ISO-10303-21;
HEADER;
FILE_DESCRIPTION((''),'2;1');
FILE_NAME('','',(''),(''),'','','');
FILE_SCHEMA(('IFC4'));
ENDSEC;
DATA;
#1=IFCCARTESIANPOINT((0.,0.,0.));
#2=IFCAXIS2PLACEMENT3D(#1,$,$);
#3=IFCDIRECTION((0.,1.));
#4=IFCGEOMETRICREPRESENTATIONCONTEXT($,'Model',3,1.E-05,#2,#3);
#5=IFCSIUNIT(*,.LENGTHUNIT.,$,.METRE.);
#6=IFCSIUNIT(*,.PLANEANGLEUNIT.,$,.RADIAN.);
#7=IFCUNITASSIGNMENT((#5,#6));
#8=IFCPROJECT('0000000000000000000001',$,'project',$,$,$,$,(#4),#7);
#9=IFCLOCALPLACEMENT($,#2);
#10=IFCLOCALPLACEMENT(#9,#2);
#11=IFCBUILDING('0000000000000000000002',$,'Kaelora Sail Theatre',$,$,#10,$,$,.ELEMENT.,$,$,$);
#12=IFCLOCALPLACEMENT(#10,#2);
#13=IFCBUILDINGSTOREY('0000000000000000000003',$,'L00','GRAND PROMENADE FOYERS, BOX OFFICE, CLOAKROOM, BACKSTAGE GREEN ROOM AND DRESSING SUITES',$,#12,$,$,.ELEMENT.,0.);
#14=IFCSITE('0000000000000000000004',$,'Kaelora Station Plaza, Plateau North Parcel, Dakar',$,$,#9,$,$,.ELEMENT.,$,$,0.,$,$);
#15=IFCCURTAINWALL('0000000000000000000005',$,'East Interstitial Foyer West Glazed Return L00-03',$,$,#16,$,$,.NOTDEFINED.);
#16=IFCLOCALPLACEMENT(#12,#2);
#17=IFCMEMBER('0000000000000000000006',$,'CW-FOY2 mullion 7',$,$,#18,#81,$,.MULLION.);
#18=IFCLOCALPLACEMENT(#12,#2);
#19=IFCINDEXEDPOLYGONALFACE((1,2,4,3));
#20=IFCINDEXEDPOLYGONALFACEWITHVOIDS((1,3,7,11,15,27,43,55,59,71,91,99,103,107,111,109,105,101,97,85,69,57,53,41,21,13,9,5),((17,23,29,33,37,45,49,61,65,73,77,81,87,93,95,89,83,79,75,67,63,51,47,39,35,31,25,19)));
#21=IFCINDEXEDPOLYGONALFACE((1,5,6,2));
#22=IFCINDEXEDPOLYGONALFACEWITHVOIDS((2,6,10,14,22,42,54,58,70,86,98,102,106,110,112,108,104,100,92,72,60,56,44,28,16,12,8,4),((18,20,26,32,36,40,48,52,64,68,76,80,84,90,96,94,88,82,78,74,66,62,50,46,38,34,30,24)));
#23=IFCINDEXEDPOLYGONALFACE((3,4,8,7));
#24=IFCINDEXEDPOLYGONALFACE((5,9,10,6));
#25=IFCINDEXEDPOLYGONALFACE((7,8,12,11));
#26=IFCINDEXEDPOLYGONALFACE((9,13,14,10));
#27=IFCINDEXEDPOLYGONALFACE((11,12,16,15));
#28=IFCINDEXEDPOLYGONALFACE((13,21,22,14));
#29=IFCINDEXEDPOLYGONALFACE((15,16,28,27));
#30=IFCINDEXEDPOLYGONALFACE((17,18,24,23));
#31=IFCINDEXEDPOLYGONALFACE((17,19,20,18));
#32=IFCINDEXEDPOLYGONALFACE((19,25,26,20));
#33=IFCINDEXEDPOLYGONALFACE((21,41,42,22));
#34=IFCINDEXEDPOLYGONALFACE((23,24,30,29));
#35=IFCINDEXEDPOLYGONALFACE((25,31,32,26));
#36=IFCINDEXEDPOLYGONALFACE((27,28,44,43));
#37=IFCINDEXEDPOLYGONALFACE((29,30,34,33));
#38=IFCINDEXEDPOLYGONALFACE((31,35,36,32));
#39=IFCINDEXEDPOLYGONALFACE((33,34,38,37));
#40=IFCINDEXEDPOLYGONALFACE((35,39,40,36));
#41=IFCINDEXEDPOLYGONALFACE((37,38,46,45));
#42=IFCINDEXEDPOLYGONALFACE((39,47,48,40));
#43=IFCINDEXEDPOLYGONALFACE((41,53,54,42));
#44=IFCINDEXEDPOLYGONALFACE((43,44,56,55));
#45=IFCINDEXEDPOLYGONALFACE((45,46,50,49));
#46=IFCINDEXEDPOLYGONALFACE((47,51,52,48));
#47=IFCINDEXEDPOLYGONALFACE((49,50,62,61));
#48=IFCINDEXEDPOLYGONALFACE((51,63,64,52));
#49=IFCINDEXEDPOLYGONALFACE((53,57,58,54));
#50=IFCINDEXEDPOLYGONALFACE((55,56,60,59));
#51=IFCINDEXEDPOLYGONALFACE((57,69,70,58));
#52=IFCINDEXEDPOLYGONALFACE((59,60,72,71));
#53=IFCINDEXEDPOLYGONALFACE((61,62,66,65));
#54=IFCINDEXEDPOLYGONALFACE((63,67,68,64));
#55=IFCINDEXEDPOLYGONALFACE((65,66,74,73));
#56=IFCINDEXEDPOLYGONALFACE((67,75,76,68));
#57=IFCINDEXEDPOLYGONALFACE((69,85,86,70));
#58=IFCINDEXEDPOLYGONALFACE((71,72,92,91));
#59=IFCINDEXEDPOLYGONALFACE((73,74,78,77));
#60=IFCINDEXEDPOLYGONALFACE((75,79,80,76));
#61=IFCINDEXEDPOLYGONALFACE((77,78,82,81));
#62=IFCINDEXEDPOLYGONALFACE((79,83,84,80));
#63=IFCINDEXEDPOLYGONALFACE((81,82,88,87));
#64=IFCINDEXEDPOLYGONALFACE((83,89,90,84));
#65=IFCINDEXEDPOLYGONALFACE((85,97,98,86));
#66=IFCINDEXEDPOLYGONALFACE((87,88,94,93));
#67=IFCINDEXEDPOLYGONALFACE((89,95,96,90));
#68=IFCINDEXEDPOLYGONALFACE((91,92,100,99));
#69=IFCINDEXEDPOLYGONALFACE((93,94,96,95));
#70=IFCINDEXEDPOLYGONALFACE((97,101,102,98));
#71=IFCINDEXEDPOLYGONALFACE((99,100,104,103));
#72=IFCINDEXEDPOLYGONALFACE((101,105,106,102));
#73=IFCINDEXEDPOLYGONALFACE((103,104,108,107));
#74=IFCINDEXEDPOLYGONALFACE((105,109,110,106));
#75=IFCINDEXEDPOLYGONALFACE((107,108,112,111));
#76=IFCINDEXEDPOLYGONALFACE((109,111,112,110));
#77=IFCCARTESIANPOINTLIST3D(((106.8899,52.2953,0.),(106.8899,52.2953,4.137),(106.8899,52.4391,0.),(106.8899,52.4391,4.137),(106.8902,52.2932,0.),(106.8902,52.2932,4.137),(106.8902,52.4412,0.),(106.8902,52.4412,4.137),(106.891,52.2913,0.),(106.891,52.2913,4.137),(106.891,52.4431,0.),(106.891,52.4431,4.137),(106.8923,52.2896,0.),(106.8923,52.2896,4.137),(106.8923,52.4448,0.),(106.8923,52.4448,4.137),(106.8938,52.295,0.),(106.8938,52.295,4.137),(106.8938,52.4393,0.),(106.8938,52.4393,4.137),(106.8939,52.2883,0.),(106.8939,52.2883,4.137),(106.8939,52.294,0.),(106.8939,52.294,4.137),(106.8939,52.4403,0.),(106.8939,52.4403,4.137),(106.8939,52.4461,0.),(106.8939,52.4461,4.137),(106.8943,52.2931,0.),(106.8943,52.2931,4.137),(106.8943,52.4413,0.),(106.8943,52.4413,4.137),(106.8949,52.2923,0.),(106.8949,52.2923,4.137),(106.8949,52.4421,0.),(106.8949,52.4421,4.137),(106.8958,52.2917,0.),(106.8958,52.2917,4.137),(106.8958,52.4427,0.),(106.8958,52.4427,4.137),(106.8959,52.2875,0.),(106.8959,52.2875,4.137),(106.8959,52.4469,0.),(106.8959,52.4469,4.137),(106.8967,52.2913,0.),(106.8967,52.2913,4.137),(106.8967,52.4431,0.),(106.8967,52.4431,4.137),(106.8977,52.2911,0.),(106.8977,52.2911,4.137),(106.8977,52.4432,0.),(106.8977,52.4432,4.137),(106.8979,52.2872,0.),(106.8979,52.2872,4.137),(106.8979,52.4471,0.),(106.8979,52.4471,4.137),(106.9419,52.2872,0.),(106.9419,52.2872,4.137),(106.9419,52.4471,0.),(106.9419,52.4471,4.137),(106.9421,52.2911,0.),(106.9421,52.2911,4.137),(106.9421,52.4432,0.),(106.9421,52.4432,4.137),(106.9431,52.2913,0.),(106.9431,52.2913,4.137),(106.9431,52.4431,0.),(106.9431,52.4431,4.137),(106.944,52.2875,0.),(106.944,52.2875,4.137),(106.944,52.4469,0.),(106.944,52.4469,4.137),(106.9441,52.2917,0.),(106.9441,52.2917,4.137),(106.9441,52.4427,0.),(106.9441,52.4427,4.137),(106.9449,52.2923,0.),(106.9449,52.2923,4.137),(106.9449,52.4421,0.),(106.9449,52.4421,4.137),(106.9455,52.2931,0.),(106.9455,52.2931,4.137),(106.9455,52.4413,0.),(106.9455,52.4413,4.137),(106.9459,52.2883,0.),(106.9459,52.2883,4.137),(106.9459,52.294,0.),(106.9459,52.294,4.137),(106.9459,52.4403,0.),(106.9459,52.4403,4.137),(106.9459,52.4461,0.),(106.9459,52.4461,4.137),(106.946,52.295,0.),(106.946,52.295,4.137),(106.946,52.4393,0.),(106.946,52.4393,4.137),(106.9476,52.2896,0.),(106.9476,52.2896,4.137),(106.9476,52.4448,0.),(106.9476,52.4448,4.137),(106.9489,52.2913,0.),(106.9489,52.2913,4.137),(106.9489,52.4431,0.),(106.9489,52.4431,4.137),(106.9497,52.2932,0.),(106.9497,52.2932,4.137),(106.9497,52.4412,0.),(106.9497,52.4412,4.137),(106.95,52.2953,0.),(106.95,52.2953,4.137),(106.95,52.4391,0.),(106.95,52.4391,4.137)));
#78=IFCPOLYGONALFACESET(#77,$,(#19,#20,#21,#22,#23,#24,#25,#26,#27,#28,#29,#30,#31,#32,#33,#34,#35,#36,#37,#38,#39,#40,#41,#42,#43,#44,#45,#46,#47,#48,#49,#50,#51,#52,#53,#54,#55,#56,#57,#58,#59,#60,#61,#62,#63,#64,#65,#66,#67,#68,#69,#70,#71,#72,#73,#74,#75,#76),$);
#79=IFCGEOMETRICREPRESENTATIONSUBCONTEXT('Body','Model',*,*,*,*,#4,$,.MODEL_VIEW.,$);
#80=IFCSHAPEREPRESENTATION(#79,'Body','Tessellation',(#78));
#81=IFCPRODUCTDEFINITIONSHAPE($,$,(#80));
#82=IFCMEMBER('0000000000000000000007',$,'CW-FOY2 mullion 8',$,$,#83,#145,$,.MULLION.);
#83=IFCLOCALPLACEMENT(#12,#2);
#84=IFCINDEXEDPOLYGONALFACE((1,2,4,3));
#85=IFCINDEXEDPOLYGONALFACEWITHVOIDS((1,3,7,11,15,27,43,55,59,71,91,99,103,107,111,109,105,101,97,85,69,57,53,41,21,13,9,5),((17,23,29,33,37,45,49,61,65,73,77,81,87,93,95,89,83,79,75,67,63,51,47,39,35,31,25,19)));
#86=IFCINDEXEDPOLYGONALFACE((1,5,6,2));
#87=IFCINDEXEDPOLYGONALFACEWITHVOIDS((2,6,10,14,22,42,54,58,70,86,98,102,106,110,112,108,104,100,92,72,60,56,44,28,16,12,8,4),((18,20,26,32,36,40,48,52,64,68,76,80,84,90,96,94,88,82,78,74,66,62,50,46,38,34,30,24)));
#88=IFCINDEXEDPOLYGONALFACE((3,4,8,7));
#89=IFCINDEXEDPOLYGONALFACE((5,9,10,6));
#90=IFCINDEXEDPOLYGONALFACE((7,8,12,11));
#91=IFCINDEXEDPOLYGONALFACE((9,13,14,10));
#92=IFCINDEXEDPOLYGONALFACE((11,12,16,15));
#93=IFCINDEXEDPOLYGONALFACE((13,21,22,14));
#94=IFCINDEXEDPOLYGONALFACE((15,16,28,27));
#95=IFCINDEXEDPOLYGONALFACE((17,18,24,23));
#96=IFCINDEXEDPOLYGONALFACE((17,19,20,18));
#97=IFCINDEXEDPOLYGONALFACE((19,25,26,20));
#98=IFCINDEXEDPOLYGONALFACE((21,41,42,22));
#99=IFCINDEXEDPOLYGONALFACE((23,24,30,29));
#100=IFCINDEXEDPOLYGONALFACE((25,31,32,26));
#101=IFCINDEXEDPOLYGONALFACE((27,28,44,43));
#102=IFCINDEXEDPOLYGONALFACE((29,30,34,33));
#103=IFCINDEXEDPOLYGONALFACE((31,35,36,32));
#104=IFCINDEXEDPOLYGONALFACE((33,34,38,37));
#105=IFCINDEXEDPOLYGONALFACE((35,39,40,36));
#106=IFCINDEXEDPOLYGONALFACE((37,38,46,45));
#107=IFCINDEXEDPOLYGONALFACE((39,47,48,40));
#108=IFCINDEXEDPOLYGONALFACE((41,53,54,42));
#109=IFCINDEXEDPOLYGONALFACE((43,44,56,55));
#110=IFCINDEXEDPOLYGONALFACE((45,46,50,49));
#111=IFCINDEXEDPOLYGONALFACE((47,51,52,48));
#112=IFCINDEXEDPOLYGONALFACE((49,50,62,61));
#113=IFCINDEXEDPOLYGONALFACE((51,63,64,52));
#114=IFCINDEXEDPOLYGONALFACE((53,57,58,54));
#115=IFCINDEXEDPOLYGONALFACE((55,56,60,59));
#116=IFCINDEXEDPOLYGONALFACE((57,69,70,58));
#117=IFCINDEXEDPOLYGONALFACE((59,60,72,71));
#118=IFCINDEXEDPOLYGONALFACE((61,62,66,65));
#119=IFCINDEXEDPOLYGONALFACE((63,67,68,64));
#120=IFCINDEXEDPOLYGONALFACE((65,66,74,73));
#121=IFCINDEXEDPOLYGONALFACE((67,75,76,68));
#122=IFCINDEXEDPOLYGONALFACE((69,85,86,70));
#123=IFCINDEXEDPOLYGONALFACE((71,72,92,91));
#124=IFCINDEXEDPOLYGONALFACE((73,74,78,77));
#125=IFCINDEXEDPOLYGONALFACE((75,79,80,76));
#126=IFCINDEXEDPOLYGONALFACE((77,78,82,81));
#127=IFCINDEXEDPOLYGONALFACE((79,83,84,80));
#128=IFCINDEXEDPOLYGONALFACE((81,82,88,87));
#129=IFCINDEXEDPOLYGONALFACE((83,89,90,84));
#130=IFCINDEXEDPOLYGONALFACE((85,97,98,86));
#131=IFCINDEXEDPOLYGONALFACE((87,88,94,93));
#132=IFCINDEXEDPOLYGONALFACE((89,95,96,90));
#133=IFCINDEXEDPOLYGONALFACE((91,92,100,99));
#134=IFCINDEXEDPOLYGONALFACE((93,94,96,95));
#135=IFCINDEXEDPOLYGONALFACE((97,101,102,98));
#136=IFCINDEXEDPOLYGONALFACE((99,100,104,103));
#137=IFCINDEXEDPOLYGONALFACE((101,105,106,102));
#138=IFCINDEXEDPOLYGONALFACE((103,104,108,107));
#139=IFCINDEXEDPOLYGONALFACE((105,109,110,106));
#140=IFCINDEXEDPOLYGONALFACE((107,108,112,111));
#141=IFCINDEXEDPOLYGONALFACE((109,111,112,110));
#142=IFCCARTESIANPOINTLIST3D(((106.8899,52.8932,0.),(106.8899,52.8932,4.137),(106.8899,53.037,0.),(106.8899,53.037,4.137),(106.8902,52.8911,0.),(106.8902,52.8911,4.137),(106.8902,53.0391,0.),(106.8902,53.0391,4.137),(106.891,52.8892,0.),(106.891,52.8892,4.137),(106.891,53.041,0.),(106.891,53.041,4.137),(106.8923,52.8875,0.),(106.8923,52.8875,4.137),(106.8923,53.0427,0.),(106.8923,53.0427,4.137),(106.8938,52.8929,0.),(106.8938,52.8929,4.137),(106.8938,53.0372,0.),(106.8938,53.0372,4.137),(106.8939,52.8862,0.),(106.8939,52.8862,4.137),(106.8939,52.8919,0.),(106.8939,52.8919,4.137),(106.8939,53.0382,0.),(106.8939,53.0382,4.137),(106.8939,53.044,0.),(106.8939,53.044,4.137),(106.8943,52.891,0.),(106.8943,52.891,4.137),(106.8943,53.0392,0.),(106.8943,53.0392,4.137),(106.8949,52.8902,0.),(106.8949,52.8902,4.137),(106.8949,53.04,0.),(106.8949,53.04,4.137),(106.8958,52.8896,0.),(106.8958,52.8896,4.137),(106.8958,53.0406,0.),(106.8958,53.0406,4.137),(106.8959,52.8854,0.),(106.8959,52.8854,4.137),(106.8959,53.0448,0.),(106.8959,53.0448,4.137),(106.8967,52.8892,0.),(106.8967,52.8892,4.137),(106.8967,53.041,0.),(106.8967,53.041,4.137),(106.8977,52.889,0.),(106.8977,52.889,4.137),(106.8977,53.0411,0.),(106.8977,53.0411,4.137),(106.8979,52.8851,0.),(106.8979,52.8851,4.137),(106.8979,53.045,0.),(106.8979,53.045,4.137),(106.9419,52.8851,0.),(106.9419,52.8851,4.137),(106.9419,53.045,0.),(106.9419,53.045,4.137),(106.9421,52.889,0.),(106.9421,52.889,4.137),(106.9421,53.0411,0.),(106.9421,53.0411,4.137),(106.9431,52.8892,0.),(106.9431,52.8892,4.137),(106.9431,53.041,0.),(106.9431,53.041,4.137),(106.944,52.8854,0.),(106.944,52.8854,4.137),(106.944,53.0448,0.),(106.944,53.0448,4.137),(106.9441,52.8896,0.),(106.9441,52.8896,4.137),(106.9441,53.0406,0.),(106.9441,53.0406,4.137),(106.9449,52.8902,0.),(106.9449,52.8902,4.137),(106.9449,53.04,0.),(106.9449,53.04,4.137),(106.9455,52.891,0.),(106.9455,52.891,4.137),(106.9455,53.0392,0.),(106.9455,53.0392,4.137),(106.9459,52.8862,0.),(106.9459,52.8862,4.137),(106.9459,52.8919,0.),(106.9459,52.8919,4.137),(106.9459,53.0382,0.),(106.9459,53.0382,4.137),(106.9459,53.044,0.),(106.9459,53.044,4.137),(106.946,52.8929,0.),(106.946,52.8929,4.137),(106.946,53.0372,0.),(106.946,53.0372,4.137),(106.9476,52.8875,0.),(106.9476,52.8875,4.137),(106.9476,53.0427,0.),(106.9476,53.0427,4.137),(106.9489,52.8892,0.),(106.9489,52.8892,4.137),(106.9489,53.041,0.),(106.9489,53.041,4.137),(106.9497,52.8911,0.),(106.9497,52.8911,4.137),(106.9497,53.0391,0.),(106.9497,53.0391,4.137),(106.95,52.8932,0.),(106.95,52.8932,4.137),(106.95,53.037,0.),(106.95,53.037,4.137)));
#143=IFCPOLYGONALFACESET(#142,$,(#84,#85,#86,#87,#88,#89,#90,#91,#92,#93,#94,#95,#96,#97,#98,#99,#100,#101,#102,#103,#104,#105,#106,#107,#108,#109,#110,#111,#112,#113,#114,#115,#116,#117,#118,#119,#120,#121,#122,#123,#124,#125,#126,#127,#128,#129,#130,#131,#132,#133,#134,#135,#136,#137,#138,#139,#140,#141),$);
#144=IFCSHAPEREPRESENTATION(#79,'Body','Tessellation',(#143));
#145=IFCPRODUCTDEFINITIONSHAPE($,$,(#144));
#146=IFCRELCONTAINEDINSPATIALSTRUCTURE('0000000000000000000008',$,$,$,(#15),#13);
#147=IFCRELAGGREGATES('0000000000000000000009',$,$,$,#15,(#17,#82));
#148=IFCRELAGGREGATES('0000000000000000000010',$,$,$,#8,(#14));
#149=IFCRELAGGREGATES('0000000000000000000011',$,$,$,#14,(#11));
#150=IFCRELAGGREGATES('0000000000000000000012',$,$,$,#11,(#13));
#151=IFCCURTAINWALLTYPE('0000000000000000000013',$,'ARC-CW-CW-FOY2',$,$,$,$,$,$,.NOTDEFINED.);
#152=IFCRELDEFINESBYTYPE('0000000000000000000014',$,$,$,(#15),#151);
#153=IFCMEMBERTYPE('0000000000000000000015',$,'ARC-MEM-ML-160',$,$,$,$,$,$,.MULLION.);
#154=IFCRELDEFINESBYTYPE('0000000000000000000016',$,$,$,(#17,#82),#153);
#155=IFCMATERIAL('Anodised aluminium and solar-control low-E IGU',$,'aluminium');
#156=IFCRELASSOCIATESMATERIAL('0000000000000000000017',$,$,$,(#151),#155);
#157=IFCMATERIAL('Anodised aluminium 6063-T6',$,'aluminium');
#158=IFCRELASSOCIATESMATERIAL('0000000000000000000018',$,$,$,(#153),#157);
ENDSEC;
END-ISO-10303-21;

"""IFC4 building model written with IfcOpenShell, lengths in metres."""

from ifc_helpers import new_model, si_unit, direction, frame, origin, origin_2d, place, context, subcontext, project, spatial, hollow_rectangle, extrude, material, material_profile, profile_set, type_object, element, aggregate, save


model = new_model("IFC4")

# Units and contexts
model_context = context("Model", 3, precision=1e-05, world=origin(), true_north=direction((0.0, 1.0)))
body_context = subcontext(model_context, "Body", "Model", "MODEL_VIEW")
ifc_project = project(units=[si_unit("LENGTHUNIT", "METRE"), si_unit("PLANEANGLEUNIT", "RADIAN")], contexts=[model_context])

# Site, building, storey
site_placement = place(None, origin())
site = spatial("IfcSite", under=ifc_project, at=site_placement, Name="Kaelora Station Plaza, Plateau North Parcel, Dakar", CompositionType="ELEMENT", RefElevation=0.0)
building_placement = place(site_placement, origin())
building = spatial("IfcBuilding", under=site, at=building_placement, Name="Kaelora Sail Theatre", CompositionType="ELEMENT")
storey_placement = place(building_placement, origin())
storey = spatial("IfcBuildingStorey", under=building, at=storey_placement, Name="L00", Description="GRAND PROMENADE FOYERS, BOX OFFICE, CLOAKROOM, BACKSTAGE GREEN ROOM AND DRESSING SUITES", CompositionType="ELEMENT", Elevation=0.0)

# Curtain wall, members
ifc_material_1 = material(Name="Anodised aluminium and solar-control low-E IGU", Category="aluminium")
curtain_wall_type = type_object("IfcCurtainWallType", Name="ARC-CW-CW-FOY2", PredefinedType="NOTDEFINED", material=ifc_material_1)
curtain_wall_1_placement = place(storey_placement, origin())
curtain_wall_1 = element("IfcCurtainWall", 1, at=curtain_wall_1_placement, inside=storey, type_object=curtain_wall_type, Name="East Interstitial Foyer West Glazed Return L00-03", PredefinedType="NOTDEFINED")
ifc_material_2 = material(Name="Anodised aluminium 6063-T6", Category="aluminium")
ifc_material_profile_1 = material_profile(ifc_material_2, hollow_rectangle(XDim=0.0601, YDim=0.1599, WallThickness=0.0039, InnerFilletRadius=0.0039, OuterFilletRadius=0.0081, at=origin_2d()), Name="ALU-MULL 60x160x4")
ifc_profile_set_1 = profile_set([ifc_material_profile_1], Name="Anodised aluminium 6063-T6")
member_type_1 = type_object("IfcMemberType", Name="ARC-MEM-ML-160", PredefinedType="MULLION", material=ifc_profile_set_1)
member_1_placement = place(storey_placement, frame((106.9199, 52.3672, 0.0), z_axis=(0.0, 0.0, 1.0), x_axis=(-1.0, 0.0, 0.0)))
member_1 = element("IfcMember", 2, at=member_1_placement, type_object=member_type_1, Name="CW-FOY2 mullion 7", PredefinedType="MULLION", context=body_context, shape_type="SweptSolid", body=[
    extrude(hollow_rectangle(XDim=0.0601, YDim=0.1599, WallThickness=0.0039, InnerFilletRadius=0.0039, OuterFilletRadius=0.0081, at=origin_2d()), origin(), (0.0, 0.0, 1.0), 4.137),
])
member_2_placement = place(storey_placement, frame((106.9199, 52.9651, 0.0), z_axis=(0.0, 0.0, 1.0), x_axis=(-1.0, 0.0, 0.0)))
member_2 = element("IfcMember", 3, at=member_2_placement, type_object=member_type_1, Name="CW-FOY2 mullion 8", PredefinedType="MULLION", context=body_context, shape_type="SweptSolid", body=[
    extrude(hollow_rectangle(XDim=0.0601, YDim=0.1599, WallThickness=0.0039, InnerFilletRadius=0.0039, OuterFilletRadius=0.0081, at=origin_2d()), origin(), (0.0, 0.0, 1.0), 4.137),
])

aggregate(curtain_wall_1, [member_1, member_2])

save(model, "model.ifc")
